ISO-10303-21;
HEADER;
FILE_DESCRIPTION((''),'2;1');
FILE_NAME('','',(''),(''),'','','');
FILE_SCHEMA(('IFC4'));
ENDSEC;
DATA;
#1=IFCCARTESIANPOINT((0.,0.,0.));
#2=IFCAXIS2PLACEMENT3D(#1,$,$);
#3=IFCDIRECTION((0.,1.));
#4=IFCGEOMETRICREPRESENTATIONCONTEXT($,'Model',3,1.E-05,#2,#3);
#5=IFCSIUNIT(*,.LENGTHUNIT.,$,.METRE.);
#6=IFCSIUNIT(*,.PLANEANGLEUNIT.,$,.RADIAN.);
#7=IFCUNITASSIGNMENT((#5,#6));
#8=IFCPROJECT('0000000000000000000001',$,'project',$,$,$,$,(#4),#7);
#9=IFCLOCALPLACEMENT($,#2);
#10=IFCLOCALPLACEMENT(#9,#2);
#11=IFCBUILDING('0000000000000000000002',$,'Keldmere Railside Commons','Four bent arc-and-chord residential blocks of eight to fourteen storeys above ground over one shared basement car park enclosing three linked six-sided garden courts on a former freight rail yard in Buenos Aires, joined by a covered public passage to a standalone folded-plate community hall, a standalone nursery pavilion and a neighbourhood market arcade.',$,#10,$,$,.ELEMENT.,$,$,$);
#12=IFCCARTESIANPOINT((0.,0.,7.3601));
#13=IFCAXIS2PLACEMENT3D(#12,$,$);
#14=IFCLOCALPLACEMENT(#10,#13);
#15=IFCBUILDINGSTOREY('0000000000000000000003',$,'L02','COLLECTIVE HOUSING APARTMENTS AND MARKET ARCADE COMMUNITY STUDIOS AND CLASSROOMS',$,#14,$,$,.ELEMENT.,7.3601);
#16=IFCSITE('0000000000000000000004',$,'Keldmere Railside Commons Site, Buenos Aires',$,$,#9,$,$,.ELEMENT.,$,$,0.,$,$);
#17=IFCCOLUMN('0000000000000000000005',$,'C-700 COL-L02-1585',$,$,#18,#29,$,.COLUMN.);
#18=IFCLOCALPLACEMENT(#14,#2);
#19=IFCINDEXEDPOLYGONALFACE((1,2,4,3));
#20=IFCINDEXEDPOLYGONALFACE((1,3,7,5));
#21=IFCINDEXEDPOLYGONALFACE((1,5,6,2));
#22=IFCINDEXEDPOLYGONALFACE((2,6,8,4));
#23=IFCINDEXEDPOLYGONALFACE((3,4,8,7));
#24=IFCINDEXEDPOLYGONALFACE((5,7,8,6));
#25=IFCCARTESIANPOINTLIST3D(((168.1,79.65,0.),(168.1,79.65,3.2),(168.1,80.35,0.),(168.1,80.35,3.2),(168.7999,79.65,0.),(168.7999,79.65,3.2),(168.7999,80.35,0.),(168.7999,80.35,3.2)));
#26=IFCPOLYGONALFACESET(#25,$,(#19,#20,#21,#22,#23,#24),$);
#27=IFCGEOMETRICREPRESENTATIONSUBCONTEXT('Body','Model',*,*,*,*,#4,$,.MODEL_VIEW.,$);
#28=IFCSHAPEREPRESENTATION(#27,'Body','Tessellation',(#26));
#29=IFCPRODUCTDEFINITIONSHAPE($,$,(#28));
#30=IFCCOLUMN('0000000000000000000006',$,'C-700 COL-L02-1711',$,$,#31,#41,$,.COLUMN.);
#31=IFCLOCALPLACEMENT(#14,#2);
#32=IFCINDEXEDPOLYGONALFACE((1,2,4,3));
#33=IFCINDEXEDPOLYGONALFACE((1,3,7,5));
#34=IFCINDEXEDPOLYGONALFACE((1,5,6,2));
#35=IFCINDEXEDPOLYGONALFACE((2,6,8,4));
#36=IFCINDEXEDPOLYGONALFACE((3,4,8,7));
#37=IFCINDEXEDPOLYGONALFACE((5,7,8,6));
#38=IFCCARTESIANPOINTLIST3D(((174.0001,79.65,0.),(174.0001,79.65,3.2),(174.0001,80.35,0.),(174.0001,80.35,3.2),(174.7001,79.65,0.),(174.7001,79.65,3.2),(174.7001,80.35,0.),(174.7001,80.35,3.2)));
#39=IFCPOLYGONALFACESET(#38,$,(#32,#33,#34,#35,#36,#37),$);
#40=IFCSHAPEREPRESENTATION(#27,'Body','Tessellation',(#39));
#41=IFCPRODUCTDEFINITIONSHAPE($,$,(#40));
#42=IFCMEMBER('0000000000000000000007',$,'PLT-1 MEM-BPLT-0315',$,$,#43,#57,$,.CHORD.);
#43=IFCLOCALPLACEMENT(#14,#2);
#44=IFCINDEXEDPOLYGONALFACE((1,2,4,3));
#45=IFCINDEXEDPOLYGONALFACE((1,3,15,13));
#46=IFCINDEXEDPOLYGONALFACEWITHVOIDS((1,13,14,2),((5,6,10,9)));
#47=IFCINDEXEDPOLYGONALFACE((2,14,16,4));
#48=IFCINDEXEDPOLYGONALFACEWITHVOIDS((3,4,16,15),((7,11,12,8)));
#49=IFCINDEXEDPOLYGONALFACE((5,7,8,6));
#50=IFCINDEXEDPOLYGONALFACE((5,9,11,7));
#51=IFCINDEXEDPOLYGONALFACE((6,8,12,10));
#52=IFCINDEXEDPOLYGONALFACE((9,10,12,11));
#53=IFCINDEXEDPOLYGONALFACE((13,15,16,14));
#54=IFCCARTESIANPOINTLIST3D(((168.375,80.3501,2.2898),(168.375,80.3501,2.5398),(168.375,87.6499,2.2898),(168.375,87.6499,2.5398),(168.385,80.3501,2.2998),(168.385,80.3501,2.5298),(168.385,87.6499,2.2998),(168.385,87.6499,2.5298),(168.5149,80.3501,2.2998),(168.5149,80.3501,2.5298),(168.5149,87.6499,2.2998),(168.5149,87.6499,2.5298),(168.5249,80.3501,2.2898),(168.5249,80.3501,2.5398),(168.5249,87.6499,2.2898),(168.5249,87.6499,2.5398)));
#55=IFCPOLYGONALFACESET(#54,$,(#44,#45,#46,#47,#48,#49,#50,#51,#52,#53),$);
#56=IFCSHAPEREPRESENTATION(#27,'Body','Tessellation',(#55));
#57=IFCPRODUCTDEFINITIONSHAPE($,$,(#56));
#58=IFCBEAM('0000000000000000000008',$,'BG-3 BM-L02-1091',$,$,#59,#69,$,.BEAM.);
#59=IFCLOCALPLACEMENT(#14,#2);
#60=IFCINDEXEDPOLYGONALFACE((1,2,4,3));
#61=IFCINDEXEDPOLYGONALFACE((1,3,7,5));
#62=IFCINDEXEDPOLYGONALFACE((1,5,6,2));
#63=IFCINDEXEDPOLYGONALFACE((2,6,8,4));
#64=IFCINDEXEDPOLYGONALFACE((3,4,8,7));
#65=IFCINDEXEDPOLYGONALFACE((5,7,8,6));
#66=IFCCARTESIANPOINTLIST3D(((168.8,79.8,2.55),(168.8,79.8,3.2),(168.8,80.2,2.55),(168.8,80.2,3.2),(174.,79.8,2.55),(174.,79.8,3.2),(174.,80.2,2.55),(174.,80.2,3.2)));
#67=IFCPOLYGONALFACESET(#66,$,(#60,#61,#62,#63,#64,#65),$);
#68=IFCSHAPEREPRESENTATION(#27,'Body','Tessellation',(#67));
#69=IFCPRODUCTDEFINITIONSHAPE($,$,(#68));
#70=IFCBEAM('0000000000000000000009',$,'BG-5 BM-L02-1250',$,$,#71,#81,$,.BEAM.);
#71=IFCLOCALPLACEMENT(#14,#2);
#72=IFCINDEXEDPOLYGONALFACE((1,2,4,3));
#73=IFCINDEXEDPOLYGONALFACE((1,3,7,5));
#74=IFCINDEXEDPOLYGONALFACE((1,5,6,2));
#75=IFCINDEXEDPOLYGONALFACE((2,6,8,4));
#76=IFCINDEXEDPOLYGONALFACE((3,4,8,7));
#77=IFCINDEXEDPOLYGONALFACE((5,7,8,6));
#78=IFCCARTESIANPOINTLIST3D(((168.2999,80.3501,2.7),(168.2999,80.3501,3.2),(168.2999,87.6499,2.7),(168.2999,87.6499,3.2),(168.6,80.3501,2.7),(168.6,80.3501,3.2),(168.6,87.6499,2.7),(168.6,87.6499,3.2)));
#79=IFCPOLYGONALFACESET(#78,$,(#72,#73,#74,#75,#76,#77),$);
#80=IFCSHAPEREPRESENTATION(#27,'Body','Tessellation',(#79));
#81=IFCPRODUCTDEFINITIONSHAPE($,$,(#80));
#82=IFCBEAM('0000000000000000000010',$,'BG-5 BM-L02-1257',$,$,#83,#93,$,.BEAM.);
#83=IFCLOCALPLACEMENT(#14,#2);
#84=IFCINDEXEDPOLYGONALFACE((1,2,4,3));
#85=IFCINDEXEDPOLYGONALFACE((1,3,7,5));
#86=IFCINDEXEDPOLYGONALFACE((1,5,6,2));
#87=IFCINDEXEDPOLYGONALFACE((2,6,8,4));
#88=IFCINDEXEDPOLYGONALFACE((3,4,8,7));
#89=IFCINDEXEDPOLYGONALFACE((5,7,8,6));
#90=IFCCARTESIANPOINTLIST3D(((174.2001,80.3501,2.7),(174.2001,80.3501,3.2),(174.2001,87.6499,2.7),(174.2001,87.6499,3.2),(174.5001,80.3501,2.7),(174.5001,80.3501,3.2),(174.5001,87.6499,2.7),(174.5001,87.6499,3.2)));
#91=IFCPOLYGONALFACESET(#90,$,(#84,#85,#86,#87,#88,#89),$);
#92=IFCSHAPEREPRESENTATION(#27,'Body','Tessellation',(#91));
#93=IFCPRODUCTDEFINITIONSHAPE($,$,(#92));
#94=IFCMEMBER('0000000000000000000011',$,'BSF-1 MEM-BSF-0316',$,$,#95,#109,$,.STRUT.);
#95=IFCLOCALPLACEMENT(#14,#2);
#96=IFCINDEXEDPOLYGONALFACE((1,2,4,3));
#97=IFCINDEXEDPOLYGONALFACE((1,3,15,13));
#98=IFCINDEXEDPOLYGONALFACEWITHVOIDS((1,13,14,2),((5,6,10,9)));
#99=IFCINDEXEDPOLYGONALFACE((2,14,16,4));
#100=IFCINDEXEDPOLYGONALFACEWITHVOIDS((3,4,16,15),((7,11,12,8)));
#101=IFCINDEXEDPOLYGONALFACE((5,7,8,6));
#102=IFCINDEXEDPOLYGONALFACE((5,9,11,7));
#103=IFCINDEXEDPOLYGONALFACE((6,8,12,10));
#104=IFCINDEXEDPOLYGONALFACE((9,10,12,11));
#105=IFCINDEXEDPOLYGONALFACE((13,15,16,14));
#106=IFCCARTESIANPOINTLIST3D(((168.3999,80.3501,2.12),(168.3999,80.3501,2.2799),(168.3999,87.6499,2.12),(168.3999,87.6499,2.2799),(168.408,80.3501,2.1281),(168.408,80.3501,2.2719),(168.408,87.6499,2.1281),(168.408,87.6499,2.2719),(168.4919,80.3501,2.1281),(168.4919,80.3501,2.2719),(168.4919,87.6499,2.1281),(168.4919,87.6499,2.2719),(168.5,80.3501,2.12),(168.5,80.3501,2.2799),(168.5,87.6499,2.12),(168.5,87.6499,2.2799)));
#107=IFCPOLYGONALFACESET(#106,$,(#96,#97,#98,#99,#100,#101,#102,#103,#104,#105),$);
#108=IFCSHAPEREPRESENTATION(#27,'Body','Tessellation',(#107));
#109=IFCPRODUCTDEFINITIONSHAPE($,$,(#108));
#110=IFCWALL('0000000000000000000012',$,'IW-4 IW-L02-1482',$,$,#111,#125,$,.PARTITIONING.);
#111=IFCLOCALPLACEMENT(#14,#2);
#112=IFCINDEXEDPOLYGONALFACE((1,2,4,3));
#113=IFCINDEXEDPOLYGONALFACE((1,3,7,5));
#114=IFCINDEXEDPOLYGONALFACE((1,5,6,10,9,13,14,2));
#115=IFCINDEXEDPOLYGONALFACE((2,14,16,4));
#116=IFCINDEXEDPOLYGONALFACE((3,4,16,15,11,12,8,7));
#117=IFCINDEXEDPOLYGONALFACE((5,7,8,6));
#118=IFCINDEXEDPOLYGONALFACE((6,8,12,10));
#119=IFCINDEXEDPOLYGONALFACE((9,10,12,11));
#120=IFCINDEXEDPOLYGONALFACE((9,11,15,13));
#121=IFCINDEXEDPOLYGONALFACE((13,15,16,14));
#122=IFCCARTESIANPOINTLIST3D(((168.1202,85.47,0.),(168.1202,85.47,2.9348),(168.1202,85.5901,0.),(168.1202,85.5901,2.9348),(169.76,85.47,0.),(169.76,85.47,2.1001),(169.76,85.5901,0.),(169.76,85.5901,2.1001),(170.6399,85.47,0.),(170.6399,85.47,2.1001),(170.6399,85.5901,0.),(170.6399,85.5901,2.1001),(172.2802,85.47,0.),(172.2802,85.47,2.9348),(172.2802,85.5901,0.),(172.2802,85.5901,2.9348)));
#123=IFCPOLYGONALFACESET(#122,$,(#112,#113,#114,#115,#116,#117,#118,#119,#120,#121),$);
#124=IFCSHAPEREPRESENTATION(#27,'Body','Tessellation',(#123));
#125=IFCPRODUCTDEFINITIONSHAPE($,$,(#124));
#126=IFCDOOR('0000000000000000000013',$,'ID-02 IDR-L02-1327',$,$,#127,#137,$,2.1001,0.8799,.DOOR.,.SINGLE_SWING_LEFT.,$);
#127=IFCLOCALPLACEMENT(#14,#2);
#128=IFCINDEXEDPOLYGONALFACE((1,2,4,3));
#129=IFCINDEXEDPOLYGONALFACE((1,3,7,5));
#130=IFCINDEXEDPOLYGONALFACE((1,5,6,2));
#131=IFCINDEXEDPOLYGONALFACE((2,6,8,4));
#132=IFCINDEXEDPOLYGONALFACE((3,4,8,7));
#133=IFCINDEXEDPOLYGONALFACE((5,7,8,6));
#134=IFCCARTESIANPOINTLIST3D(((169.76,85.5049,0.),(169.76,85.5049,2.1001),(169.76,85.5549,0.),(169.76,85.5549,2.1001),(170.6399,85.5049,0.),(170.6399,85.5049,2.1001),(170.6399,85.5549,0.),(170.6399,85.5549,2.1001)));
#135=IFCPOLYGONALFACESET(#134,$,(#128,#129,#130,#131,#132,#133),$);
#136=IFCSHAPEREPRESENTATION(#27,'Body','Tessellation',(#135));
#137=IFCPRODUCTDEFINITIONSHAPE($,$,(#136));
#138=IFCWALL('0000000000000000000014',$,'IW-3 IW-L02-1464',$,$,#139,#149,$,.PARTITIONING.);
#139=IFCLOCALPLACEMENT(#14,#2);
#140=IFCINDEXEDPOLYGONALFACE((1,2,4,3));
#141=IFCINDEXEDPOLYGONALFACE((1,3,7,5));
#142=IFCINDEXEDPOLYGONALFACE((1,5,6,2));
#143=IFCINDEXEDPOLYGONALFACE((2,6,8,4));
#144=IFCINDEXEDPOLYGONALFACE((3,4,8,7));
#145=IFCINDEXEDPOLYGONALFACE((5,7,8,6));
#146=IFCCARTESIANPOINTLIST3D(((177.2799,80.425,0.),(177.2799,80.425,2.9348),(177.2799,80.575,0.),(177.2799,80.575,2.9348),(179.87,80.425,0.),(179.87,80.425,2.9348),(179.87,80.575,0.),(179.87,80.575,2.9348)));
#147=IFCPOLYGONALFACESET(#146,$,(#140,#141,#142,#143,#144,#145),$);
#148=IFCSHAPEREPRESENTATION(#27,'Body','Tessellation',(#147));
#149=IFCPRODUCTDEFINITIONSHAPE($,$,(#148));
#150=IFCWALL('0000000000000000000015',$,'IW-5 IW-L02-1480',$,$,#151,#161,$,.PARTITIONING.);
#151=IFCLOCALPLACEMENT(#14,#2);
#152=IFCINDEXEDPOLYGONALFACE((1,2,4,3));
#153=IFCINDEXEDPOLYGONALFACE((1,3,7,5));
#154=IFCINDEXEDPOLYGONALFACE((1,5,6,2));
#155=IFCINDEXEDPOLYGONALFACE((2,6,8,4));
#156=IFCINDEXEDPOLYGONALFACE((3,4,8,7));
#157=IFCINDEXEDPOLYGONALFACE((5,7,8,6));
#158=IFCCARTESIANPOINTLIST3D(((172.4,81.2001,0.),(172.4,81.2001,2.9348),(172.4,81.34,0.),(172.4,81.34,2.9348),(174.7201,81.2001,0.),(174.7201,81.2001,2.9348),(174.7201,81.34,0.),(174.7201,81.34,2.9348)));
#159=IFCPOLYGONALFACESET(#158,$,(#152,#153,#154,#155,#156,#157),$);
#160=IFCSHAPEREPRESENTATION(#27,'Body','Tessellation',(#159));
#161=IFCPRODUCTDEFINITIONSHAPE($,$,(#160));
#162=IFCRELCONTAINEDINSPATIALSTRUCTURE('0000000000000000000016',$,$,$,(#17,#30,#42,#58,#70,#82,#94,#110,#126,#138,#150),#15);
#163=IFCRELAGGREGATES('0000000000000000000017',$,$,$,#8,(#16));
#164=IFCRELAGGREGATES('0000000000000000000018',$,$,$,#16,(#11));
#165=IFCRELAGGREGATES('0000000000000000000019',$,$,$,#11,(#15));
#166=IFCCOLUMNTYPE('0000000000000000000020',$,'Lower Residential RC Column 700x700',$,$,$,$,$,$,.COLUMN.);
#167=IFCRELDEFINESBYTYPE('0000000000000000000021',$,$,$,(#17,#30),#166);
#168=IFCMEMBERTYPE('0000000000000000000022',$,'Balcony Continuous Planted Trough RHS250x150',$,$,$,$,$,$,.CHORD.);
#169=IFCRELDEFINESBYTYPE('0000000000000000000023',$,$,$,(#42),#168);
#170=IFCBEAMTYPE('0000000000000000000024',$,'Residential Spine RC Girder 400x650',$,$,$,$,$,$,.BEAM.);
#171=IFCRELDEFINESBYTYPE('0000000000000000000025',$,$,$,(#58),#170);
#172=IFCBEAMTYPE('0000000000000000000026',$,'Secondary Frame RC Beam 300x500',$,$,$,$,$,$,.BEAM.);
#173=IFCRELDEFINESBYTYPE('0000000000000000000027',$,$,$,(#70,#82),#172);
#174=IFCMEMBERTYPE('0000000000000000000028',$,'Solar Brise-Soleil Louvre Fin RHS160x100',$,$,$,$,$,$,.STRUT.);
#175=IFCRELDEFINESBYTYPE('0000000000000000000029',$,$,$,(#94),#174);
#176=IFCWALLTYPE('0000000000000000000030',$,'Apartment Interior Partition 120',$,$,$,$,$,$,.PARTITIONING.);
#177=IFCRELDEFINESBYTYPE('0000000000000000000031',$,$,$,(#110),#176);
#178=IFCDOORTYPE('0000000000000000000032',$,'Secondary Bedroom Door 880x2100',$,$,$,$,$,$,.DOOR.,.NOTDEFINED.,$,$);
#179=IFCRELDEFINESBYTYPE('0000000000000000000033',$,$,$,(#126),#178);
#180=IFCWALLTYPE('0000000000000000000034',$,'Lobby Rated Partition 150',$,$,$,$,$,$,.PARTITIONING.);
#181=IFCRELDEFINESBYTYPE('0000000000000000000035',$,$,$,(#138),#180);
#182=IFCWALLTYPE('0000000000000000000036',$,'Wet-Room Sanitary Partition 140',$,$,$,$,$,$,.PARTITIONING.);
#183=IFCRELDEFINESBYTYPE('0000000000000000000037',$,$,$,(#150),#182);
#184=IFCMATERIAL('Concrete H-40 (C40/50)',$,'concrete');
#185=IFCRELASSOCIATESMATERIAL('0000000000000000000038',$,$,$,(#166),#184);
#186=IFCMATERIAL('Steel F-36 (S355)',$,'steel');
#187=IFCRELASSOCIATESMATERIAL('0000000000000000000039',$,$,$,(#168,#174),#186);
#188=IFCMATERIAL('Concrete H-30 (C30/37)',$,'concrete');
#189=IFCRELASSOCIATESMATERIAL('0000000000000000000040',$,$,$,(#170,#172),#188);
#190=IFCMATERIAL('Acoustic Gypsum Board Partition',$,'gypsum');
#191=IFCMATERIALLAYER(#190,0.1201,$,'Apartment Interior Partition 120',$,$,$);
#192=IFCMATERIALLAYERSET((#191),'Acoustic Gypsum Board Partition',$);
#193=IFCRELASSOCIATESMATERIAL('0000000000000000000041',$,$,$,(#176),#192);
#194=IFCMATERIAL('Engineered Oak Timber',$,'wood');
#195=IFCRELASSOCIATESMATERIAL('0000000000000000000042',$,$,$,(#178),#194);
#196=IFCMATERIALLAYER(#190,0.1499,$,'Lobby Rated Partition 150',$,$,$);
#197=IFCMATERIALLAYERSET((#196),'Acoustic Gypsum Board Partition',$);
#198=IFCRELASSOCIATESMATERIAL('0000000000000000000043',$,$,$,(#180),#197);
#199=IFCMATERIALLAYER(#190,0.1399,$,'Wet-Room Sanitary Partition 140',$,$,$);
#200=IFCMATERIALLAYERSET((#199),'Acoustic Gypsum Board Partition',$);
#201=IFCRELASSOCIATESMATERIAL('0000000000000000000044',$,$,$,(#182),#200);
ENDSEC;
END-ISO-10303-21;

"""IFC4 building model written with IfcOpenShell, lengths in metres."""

from ifc_helpers import new_model, si_unit, direction, frame, frame_2d, origin, origin_2d, place, context, subcontext, project, spatial, rectangle, hollow_rectangle, extrude, material, layer, layer_set, material_profile, profile_set, type_object, element, fill, save


model = new_model("IFC4")

# Units and contexts
model_context = context("Model", 3, precision=1e-05, world=origin(), true_north=direction((0.0, 1.0)))
body_context = subcontext(model_context, "Body", "Model", "MODEL_VIEW")
ifc_project = project(units=[si_unit("LENGTHUNIT", "METRE"), si_unit("PLANEANGLEUNIT", "RADIAN")], contexts=[model_context])

# Site, building, storey
site_placement = place(None, origin())
site = spatial("IfcSite", under=ifc_project, at=site_placement, Name="Keldmere Railside Commons Site, Buenos Aires", CompositionType="ELEMENT", RefElevation=0.0)
building_placement = place(site_placement, origin())
building = spatial("IfcBuilding", under=site, at=building_placement, Name="Keldmere Railside Commons", Description="Four bent arc-and-chord residential blocks of eight to fourteen storeys above ground over one shared basement car park enclosing three linked six-sided garden courts on a former freight rail yard in Buenos Aires, joined by a covered public passage to a standalone folded-plate community hall, a standalone nursery pavilion and a neighbourhood market arcade.", CompositionType="ELEMENT")
storey_placement = place(building_placement, frame((0.0, 0.0, 7.3601)))
storey = spatial("IfcBuildingStorey", under=building, at=storey_placement, Name="L02", Description="COLLECTIVE HOUSING APARTMENTS AND MARKET ARCADE COMMUNITY STUDIOS AND CLASSROOMS", CompositionType="ELEMENT", Elevation=7.3601)

# Columns
ifc_material_1 = material(Name="Concrete H-40 (C40/50)", Category="concrete")
ifc_material_profile_1 = material_profile(ifc_material_1, rectangle(XDim=0.7, YDim=0.7, at=origin_2d()), Name="RC-700x700")
ifc_profile_set_1 = profile_set([ifc_material_profile_1], Name="Concrete H-40 (C40/50)")
column_type = type_object("IfcColumnType", Name="Lower Residential RC Column 700x700", PredefinedType="COLUMN", material=ifc_profile_set_1)
for number, where, z_axis, x_axis, name in (
    (1, (168.45, 80.0, 0.0), (0.0, 0.0, 1.0), (1.0, 0.0, 0.0), "C-700 COL-L02-1585"),
    (2, (174.3501, 80.0, 0.0), (0.0, 0.0, 1.0), (1.0, 0.0, 0.0), "C-700 COL-L02-1711"),
):
    element("IfcColumn", number, at=place(storey_placement, frame(where, z_axis=z_axis, x_axis=x_axis)), inside=storey, type_object=column_type, Name=name, PredefinedType="COLUMN", context=body_context, shape_type="SweptSolid", body=[
        extrude(rectangle(XDim=0.7, YDim=0.7, at=origin_2d()), origin(), (0.0, 0.0, 1.0), 3.2),
    ])

# Member
ifc_material_2 = material(Name="Steel F-36 (S355)", Category="steel")
ifc_material_profile_2 = material_profile(ifc_material_2, hollow_rectangle(XDim=0.1499, YDim=0.25, WallThickness=0.01, at=origin_2d()), Name="RHS-250x150x10")
ifc_profile_set_2 = profile_set([ifc_material_profile_2], Name="Steel F-36 (S355)")
member_type_1 = type_object("IfcMemberType", Name="Balcony Continuous Planted Trough RHS250x150", PredefinedType="CHORD", material=ifc_profile_set_2)
member_1_placement = place(storey_placement, frame((168.45, 80.3501, 2.4148), z_axis=(0.0, 1.0, 0.0), x_axis=(-1.0, 0.0, 0.0)))
element("IfcMember", 3, at=member_1_placement, inside=storey, type_object=member_type_1, Name="PLT-1 MEM-BPLT-0315", PredefinedType="CHORD", context=body_context, shape_type="SweptSolid", body=[
    extrude(hollow_rectangle(XDim=0.1499, YDim=0.25, WallThickness=0.01, at=origin_2d()), origin(), (0.0, 0.0, 1.0), 7.2998),
])

# Beams
ifc_material_3 = material(Name="Concrete H-30 (C30/37)", Category="concrete")
ifc_material_profile_3 = material_profile(ifc_material_3, rectangle(XDim=0.3999, YDim=0.6499, at=origin_2d()), Name="RC-400x650")
ifc_profile_set_3 = profile_set([ifc_material_profile_3], Name="Concrete H-30 (C30/37)")
beam_type_1 = type_object("IfcBeamType", Name="Residential Spine RC Girder 400x650", PredefinedType="BEAM", material=ifc_profile_set_3)
beam_placement = place(storey_placement, frame((168.8, 80.0, 2.875), z_axis=(1.0, 0.0, 0.0), x_axis=(0.0, 1.0, 0.0)))
element("IfcBeam", 4, at=beam_placement, inside=storey, type_object=beam_type_1, Name="BG-3 BM-L02-1091", PredefinedType="BEAM", context=body_context, shape_type="SweptSolid", body=[
    extrude(rectangle(XDim=0.3999, YDim=0.6499, at=origin_2d()), origin(), (0.0, 0.0, 1.0), 5.2),
])
ifc_material_profile_4 = material_profile(ifc_material_3, rectangle(XDim=0.3, YDim=0.5, at=origin_2d()), Name="RC-300x500")
ifc_profile_set_4 = profile_set([ifc_material_profile_4], Name="Concrete H-30 (C30/37)")
beam_type_2 = type_object("IfcBeamType", Name="Secondary Frame RC Beam 300x500", PredefinedType="BEAM", material=ifc_profile_set_4)
for number, where, z_axis, x_axis, name in (
    (5, (168.45, 80.3501, 2.95), (0.0, 1.0, 0.0), (-1.0, 0.0, 0.0), "BG-5 BM-L02-1250"),
    (6, (174.3501, 80.3501, 2.95), (0.0, 1.0, 0.0), (-1.0, 0.0, 0.0), "BG-5 BM-L02-1257"),
):
    element("IfcBeam", number, at=place(storey_placement, frame(where, z_axis=z_axis, x_axis=x_axis)), inside=storey, type_object=beam_type_2, Name=name, PredefinedType="BEAM", context=body_context, shape_type="SweptSolid", body=[
        extrude(rectangle(XDim=0.3, YDim=0.5, at=origin_2d()), origin(), (0.0, 0.0, 1.0), 7.2998),
    ])

# Member
ifc_material_profile_5 = material_profile(ifc_material_2, hollow_rectangle(XDim=0.1001, YDim=0.1599, WallThickness=0.0081, at=origin_2d()), Name="RHS-160x100x8")
ifc_profile_set_5 = profile_set([ifc_material_profile_5], Name="Steel F-36 (S355)")
member_type_2 = type_object("IfcMemberType", Name="Solar Brise-Soleil Louvre Fin RHS160x100", PredefinedType="STRUT", material=ifc_profile_set_5)
member_2_placement = place(storey_placement, frame((168.45, 80.3501, 2.2), z_axis=(0.0, 1.0, 0.0), x_axis=(-1.0, 0.0, 0.0)))
element("IfcMember", 7, at=member_2_placement, inside=storey, type_object=member_type_2, Name="BSF-1 MEM-BSF-0316", PredefinedType="STRUT", context=body_context, shape_type="SweptSolid", body=[
    extrude(hollow_rectangle(XDim=0.1001, YDim=0.1599, WallThickness=0.0081, at=origin_2d()), origin(), (0.0, 0.0, 1.0), 7.2998),
])

# Wall, opening, door
ifc_material_4 = material(Name="Acoustic Gypsum Board Partition", Category="gypsum")
ifc_layer_1 = layer(ifc_material_4, 0.1201, Name="Apartment Interior Partition 120")
ifc_layer_set_1 = layer_set([ifc_layer_1], Name="Acoustic Gypsum Board Partition")
wall_type_1 = type_object("IfcWallType", Name="Apartment Interior Partition 120", PredefinedType="PARTITIONING", material=ifc_layer_set_1)
wall_1_placement = place(storey_placement, frame((168.1201, 85.53, 0.0), z_axis=(0.0, 0.0, 1.0), x_axis=(1.0, 0.0, 0.0)))
wall_1 = element("IfcWall", 8, at=wall_1_placement, inside=storey, type_object=wall_type_1, Name="IW-4 IW-L02-1482", PredefinedType="PARTITIONING", context=body_context, shape_type="SweptSolid", body=[
    extrude(rectangle(XDim=4.1599, YDim=0.1201, at=frame_2d((2.0801, 0.0))), origin(), (0.0, 0.0, 1.0), 2.9348),
])
opening_placement = place(wall_1_placement, frame((1.6399, 0.0, 0.0)))
opening = element("IfcOpeningElement", 9, at=opening_placement, cuts=wall_1, PredefinedType="OPENING", context=body_context, shape_type="SweptSolid", body=[
    extrude(rectangle(XDim=0.8799, YDim=2.1001, at=frame_2d((0.4399, 1.05))), frame((0.0, 0.0701, 0.0), z_axis=(0.0, -1.0, 0.0), x_axis=(1.0, 0.0, 0.0)), (0.0, 0.0, 1.0), 0.1401),
])
ifc_material_5 = material(Name="Engineered Oak Timber", Category="wood")
door_type = type_object("IfcDoorType", Name="Secondary Bedroom Door 880x2100", OperationType="NOTDEFINED", PredefinedType="DOOR", material=ifc_material_5)
door_placement = place(opening_placement, origin())
door = element("IfcDoor", 10, at=door_placement, inside=storey, type_object=door_type, Name="ID-02 IDR-L02-1327", OperationType="SINGLE_SWING_LEFT", OverallHeight=2.1001, OverallWidth=0.8799, PredefinedType="DOOR", context=body_context, shape_type="SweptSolid", body=[
    extrude(rectangle(XDim=0.8799, YDim=2.1001, at=frame_2d((0.4399, 1.05))), frame((0.0, 0.0249, 0.0), z_axis=(0.0, -1.0, 0.0), x_axis=(1.0, 0.0, 0.0)), (0.0, 0.0, 1.0), 0.05),
])
fill(opening, door)

# Walls
ifc_layer_2 = layer(ifc_material_4, 0.1499, Name="Lobby Rated Partition 150")
ifc_layer_set_2 = layer_set([ifc_layer_2], Name="Acoustic Gypsum Board Partition")
wall_type_2 = type_object("IfcWallType", Name="Lobby Rated Partition 150", PredefinedType="PARTITIONING", material=ifc_layer_set_2)
wall_2_placement = place(storey_placement, frame((177.28, 80.5, 0.0), z_axis=(0.0, 0.0, 1.0), x_axis=(1.0, 0.0, 0.0)))
element("IfcWall", 11, at=wall_2_placement, inside=storey, type_object=wall_type_2, Name="IW-3 IW-L02-1464", PredefinedType="PARTITIONING", context=body_context, shape_type="SweptSolid", body=[
    extrude(rectangle(XDim=2.5901, YDim=0.1499, at=frame_2d((1.2949, 0.0))), origin(), (0.0, 0.0, 1.0), 2.9348),
])
ifc_layer_3 = layer(ifc_material_4, 0.1399, Name="Wet-Room Sanitary Partition 140")
ifc_layer_set_3 = layer_set([ifc_layer_3], Name="Acoustic Gypsum Board Partition")
wall_type_3 = type_object("IfcWallType", Name="Wet-Room Sanitary Partition 140", PredefinedType="PARTITIONING", material=ifc_layer_set_3)
wall_3_placement = place(storey_placement, frame((172.3999, 81.27, 0.0), z_axis=(0.0, 0.0, 1.0), x_axis=(1.0, 0.0, 0.0)))
element("IfcWall", 12, at=wall_3_placement, inside=storey, type_object=wall_type_3, Name="IW-5 IW-L02-1480", PredefinedType="PARTITIONING", context=body_context, shape_type="SweptSolid", body=[
    extrude(rectangle(XDim=2.3201, YDim=0.1399, at=frame_2d((1.1602, 0.0))), origin(), (0.0, 0.0, 1.0), 2.9348),
])

save(model, "model.ifc")
